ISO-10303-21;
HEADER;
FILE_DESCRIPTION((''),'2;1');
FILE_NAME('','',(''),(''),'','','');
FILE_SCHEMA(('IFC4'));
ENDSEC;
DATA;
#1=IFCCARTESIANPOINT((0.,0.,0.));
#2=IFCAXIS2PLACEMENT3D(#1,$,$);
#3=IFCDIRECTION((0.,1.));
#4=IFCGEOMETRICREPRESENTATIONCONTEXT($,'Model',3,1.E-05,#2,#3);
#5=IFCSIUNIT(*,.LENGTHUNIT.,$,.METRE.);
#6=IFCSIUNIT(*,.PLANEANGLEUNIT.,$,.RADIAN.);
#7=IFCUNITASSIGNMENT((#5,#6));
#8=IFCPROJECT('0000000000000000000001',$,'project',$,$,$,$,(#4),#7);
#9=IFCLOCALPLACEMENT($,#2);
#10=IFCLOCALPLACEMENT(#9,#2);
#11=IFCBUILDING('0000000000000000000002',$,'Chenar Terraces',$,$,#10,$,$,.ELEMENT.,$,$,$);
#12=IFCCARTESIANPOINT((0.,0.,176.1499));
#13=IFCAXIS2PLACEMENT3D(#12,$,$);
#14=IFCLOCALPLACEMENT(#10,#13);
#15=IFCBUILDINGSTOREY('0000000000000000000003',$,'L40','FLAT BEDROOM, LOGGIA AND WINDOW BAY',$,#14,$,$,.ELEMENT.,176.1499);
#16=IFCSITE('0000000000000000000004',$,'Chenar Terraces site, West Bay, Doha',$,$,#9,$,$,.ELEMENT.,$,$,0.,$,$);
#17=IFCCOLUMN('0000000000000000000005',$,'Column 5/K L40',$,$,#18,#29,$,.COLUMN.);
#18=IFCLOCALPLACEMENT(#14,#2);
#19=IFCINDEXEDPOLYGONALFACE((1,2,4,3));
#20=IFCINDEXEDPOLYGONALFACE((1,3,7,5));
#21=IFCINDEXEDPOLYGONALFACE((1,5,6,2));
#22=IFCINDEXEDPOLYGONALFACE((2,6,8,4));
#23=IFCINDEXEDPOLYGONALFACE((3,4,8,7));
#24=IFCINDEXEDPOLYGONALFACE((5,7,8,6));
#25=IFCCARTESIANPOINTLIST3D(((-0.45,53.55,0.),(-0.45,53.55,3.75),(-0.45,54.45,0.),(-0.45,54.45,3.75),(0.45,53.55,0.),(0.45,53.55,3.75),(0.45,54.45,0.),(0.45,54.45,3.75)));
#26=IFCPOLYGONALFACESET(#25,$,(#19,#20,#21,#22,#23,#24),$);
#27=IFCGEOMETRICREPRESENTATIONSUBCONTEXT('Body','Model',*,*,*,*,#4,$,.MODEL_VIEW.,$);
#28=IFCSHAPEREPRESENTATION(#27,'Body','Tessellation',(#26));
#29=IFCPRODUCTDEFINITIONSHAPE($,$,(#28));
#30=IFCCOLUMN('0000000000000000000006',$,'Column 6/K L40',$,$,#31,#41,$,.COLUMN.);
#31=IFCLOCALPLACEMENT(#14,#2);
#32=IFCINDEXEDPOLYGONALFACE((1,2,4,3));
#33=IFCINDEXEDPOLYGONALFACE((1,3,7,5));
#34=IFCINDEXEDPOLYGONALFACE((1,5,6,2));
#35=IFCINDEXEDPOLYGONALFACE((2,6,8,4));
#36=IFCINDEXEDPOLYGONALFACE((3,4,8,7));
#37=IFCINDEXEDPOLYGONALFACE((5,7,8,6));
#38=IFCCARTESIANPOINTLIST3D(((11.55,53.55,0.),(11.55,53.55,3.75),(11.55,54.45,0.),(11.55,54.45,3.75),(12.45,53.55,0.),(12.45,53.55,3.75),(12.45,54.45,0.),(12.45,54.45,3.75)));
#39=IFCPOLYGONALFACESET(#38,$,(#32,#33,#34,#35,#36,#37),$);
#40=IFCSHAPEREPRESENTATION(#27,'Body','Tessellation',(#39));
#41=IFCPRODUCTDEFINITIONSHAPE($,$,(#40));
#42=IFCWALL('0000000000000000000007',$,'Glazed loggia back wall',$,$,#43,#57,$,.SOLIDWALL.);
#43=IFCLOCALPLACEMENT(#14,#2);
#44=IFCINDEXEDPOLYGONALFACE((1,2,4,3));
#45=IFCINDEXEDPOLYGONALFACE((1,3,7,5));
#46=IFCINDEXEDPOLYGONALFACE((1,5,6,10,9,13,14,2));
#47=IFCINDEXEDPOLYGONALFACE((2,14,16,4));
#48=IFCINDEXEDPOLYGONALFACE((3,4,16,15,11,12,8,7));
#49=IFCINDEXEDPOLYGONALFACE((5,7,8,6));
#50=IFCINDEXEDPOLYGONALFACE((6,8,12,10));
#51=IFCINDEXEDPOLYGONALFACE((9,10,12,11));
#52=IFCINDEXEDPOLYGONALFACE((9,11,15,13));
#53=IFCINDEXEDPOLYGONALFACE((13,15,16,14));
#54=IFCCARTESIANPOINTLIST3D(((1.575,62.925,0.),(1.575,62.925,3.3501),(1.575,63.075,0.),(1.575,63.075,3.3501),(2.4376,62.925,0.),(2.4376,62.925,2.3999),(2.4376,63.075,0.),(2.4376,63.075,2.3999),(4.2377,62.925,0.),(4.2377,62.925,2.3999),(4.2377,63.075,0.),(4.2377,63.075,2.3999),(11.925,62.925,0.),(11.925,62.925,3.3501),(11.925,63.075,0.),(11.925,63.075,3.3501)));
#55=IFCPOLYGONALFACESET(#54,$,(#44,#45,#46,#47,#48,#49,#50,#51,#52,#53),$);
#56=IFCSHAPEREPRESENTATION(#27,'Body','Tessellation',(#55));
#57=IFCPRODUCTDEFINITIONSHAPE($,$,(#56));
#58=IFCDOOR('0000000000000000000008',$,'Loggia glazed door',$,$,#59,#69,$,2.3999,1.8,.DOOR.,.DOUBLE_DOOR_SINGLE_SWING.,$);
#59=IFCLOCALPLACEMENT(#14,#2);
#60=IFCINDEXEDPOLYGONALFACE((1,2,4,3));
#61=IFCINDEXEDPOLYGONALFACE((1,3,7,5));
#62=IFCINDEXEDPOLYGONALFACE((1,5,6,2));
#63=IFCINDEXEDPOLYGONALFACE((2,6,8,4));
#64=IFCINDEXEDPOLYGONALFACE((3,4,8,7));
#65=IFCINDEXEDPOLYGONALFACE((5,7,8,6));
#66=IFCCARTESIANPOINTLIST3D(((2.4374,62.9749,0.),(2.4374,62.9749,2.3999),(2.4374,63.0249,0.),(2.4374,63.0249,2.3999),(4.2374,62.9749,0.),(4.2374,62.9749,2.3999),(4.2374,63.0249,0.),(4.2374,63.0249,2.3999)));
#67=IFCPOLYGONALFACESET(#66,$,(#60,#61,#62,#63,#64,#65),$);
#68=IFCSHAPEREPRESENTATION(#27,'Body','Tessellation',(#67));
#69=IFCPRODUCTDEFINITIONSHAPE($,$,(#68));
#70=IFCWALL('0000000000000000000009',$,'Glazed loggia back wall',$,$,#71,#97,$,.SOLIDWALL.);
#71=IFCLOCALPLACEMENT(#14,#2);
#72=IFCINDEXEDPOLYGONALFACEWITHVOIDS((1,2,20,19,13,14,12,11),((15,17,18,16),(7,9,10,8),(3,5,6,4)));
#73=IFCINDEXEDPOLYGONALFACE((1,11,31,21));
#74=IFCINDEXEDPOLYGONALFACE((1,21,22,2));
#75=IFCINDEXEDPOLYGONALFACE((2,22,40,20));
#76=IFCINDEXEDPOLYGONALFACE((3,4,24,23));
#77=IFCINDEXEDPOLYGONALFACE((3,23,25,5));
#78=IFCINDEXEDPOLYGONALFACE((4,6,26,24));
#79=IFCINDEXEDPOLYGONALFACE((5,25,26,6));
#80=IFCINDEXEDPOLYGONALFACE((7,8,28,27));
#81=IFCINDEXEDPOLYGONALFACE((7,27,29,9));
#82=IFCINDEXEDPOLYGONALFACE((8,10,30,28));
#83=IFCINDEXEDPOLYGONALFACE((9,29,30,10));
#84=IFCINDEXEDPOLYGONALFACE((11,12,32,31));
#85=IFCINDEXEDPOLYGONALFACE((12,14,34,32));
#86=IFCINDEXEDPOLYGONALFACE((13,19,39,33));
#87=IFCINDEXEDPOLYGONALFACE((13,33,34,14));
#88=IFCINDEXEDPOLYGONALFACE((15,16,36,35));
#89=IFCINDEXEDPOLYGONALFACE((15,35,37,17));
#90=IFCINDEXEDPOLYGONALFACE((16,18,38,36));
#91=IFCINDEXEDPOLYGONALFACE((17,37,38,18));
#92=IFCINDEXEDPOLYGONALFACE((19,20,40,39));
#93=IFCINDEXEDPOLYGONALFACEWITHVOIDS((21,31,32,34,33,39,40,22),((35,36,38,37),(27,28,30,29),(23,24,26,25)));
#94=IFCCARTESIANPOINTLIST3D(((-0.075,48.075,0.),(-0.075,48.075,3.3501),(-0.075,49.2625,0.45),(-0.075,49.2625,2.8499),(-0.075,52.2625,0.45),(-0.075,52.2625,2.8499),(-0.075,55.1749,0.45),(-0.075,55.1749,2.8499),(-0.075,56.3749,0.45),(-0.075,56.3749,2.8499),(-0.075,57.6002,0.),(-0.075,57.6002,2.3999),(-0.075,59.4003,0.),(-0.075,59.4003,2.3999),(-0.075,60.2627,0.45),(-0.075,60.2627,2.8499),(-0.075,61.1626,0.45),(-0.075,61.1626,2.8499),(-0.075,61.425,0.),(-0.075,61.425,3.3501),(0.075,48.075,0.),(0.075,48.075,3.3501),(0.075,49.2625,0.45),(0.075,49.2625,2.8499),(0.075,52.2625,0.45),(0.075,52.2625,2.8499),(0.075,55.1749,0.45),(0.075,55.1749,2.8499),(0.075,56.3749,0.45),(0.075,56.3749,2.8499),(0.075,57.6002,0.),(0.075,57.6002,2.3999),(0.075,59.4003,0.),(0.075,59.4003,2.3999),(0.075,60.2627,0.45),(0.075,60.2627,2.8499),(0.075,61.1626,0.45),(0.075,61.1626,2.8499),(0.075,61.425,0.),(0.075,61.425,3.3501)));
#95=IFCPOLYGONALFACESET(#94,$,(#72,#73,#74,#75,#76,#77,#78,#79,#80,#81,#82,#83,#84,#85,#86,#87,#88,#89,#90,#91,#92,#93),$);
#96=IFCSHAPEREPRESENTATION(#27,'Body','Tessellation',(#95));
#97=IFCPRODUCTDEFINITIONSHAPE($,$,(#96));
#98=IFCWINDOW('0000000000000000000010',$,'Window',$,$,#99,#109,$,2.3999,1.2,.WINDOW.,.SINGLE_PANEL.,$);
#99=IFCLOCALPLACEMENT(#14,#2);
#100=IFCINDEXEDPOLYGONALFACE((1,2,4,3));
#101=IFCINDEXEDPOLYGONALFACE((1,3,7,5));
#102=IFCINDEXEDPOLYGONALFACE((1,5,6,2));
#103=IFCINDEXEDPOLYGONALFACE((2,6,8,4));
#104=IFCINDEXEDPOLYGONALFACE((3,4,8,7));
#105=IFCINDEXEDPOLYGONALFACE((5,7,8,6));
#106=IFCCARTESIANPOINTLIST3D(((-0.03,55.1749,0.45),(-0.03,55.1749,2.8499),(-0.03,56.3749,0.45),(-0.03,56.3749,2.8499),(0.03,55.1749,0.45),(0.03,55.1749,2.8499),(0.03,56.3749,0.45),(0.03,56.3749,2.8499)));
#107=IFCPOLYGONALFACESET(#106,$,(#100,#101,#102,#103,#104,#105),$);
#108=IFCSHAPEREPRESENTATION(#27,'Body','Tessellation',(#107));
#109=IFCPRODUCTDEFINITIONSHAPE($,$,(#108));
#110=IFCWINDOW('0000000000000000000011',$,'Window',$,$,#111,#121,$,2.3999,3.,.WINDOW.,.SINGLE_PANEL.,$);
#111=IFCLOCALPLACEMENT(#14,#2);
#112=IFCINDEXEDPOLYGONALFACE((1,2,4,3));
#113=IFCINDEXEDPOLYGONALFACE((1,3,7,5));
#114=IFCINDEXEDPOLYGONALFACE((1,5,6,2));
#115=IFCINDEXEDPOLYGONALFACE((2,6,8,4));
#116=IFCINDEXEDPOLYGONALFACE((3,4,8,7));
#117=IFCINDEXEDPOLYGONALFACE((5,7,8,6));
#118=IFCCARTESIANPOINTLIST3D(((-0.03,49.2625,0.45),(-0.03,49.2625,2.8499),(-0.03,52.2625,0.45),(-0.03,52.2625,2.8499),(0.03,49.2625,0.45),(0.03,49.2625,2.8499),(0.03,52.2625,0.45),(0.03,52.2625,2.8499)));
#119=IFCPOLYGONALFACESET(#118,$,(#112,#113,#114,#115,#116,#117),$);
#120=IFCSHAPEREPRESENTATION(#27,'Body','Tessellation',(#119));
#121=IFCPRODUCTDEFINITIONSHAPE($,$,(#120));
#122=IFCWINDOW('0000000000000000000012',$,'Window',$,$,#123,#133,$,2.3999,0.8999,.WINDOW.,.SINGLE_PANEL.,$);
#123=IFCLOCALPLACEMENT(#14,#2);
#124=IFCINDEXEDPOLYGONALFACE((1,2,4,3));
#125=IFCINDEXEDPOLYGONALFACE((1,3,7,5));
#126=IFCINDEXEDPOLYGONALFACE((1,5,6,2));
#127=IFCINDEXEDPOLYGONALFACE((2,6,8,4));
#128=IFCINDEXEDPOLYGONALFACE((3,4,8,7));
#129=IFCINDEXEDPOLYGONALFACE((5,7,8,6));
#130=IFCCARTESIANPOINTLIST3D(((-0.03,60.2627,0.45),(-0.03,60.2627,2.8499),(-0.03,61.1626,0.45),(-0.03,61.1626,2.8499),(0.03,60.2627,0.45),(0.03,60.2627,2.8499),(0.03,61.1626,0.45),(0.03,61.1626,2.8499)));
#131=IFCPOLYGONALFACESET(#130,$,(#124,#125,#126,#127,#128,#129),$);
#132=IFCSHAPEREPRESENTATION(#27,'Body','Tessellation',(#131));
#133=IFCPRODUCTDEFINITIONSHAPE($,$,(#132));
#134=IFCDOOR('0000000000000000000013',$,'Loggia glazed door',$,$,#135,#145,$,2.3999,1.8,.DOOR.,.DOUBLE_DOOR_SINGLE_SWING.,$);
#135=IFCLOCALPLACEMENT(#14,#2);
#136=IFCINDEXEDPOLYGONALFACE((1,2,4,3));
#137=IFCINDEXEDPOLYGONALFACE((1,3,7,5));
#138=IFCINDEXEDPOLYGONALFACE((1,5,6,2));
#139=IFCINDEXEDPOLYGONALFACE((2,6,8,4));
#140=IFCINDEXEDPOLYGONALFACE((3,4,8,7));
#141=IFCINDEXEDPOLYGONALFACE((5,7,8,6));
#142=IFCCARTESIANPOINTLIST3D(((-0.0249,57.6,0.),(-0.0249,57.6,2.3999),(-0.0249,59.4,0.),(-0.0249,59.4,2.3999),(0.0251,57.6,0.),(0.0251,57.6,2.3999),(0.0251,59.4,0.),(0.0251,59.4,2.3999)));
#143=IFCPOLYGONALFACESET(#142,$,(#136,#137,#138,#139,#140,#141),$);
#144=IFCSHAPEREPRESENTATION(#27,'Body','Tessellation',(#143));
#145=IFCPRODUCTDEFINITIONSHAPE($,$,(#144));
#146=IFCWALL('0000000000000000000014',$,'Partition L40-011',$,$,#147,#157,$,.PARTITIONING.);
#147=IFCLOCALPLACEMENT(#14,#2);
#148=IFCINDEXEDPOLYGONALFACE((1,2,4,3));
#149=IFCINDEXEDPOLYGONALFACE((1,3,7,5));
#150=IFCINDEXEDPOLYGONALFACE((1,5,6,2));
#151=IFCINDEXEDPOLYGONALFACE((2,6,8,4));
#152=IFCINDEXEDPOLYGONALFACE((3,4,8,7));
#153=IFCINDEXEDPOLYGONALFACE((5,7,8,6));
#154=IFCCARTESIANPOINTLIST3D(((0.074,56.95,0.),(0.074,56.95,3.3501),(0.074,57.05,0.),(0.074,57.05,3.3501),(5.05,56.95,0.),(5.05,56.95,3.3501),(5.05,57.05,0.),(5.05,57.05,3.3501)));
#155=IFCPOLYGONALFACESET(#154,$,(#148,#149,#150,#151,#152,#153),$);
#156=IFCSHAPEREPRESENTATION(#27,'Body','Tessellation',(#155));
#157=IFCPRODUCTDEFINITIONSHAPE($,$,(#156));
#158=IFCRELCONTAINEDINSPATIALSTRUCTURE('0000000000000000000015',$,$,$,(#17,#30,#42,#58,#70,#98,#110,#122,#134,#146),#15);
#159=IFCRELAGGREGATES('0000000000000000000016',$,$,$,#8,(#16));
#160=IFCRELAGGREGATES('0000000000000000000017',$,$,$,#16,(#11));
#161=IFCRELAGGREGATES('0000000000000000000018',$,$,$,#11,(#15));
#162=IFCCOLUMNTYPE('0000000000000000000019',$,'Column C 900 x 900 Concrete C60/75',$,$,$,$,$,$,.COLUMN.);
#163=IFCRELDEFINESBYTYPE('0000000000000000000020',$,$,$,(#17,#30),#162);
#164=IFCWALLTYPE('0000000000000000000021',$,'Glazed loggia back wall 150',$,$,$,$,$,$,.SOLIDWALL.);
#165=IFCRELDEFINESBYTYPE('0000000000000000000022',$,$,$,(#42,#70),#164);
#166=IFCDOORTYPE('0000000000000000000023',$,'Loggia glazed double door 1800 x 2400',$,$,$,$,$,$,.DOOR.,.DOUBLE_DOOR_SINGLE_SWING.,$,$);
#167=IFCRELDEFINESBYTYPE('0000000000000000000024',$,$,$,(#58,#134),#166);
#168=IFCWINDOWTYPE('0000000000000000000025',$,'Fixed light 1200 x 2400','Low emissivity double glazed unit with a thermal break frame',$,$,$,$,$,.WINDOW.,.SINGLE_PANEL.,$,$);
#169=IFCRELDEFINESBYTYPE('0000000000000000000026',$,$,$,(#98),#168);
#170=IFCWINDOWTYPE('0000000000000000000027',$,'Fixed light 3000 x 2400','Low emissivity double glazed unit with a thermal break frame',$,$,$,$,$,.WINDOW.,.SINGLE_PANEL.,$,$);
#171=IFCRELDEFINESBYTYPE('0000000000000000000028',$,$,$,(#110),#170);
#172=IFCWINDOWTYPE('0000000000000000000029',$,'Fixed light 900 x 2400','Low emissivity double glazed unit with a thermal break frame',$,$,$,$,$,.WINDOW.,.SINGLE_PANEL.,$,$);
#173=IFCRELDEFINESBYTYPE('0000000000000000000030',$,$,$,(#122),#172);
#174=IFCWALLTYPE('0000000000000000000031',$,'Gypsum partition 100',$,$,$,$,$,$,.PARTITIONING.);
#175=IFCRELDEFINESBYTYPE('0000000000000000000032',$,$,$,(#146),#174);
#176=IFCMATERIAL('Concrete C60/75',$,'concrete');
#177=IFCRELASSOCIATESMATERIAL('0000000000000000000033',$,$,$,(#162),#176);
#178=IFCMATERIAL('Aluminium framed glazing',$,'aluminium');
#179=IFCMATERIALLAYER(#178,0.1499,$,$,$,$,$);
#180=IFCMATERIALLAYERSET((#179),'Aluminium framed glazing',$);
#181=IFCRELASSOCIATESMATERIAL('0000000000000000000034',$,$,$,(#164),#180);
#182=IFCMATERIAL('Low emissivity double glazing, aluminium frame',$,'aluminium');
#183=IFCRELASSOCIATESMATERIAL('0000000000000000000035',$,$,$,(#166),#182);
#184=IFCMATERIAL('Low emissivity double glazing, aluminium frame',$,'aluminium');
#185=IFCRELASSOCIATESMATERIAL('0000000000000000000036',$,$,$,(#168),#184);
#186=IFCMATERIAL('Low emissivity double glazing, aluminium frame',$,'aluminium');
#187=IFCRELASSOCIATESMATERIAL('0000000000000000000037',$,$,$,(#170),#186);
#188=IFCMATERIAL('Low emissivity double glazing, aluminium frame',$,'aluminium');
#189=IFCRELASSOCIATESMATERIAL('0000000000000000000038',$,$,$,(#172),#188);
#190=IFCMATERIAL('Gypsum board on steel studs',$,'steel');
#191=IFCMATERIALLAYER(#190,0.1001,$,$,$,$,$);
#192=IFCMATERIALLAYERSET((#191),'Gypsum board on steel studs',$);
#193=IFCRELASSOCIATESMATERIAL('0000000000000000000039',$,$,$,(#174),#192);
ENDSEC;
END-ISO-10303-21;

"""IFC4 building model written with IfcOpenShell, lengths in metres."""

from ifc_helpers import new_model, si_unit, direction, frame, frame_2d, origin, origin_2d, place, context, subcontext, project, spatial, rectangle, extrude, material, layer, layer_set, material_profile, profile_set, type_object, element, fill, save


model = new_model("IFC4")

# Units and contexts
model_context = context("Model", 3, precision=1e-05, world=origin(), true_north=direction((0.0, 1.0)))
body_context = subcontext(model_context, "Body", "Model", "MODEL_VIEW")
ifc_project = project(units=[si_unit("LENGTHUNIT", "METRE"), si_unit("PLANEANGLEUNIT", "RADIAN")], contexts=[model_context])

# Site, building, storey
site_placement = place(None, origin())
site = spatial("IfcSite", under=ifc_project, at=site_placement, Name="Chenar Terraces site, West Bay, Doha", CompositionType="ELEMENT", RefElevation=0.0)
building_placement = place(site_placement, origin())
building = spatial("IfcBuilding", under=site, at=building_placement, Name="Chenar Terraces", CompositionType="ELEMENT")
storey_placement = place(building_placement, frame((0.0, 0.0, 176.1499)))
storey = spatial("IfcBuildingStorey", under=building, at=storey_placement, Name="L40", Description="FLAT BEDROOM, LOGGIA AND WINDOW BAY", CompositionType="ELEMENT", Elevation=176.1499)

# Columns
ifc_material_1 = material(Name="Concrete C60/75", Category="concrete")
ifc_material_profile = material_profile(ifc_material_1, rectangle(XDim=0.8999, YDim=0.8999, at=origin_2d()), Name="C 900 x 900")
ifc_profile_set = profile_set([ifc_material_profile], Name="Concrete C60/75")
column_type = type_object("IfcColumnType", Name="Column C 900 x 900 Concrete C60/75", PredefinedType="COLUMN", material=ifc_profile_set)
for number, where, z_axis, x_axis, name in (
    (1, (0.0, 54.0, 0.0), (0.0, 0.0, 1.0), (1.0, 0.0, 0.0), "Column 5/K L40"),
    (2, (12.0, 54.0, 0.0), (0.0, 0.0, 1.0), (1.0, 0.0, 0.0), "Column 6/K L40"),
):
    element("IfcColumn", number, at=place(storey_placement, frame(where, z_axis=z_axis, x_axis=x_axis)), inside=storey, type_object=column_type, Name=name, PredefinedType="COLUMN", context=body_context, shape_type="SweptSolid", body=[
        extrude(rectangle(XDim=0.8999, YDim=0.8999, at=origin_2d()), origin(), (0.0, 0.0, 1.0), 3.75),
    ])

# Wall, opening, door
ifc_material_2 = material(Name="Aluminium framed glazing", Category="aluminium")
ifc_layer_1 = layer(ifc_material_2, 0.1499)
ifc_layer_set_1 = layer_set([ifc_layer_1], Name="Aluminium framed glazing")
wall_type_1 = type_object("IfcWallType", Name="Glazed loggia back wall 150", PredefinedType="SOLIDWALL", material=ifc_layer_set_1)
wall_1_placement = place(storey_placement, frame((11.925, 63.0, 0.0), z_axis=(0.0, 0.0, 1.0), x_axis=(-1.0, 0.0, 0.0)))
wall_1 = element("IfcWall", 3, at=wall_1_placement, inside=storey, type_object=wall_type_1, Name="Glazed loggia back wall", PredefinedType="SOLIDWALL", context=body_context, shape_type="SweptSolid", body=[
    extrude(rectangle(XDim=10.3501, YDim=0.1499, at=frame_2d((5.175, 0.0))), origin(), (0.0, 0.0, 1.0), 3.3501),
])
opening_1_placement = place(wall_1_placement, frame((7.6875, 0.0, 0.0)))
opening_1 = element("IfcOpeningElement", 4, at=opening_1_placement, cuts=wall_1, PredefinedType="OPENING", context=body_context, shape_type="SweptSolid", body=[
    extrude(rectangle(XDim=1.8, YDim=2.3999, at=frame_2d((0.8999, 1.2))), frame((0.0, 0.085, 0.0), z_axis=(0.0, -1.0, 0.0), x_axis=(1.0, 0.0, 0.0)), (0.0, 0.0, 1.0), 0.1699),
])
ifc_material_3 = material(Name="Low emissivity double glazing, aluminium frame", Category="aluminium")
door_type_1 = type_object("IfcDoorType", Name="Loggia glazed double door 1800 x 2400", OperationType="DOUBLE_DOOR_SINGLE_SWING", PredefinedType="DOOR", material=ifc_material_3)
door_1_placement = place(opening_1_placement, frame((1.8, 0.0, 0.0), z_axis=(0.0, 0.0, 1.0), x_axis=(-1.0, 0.0, 0.0)))
door_1 = element("IfcDoor", 5, at=door_1_placement, inside=storey, type_object=door_type_1, Name="Loggia glazed door", OperationType="DOUBLE_DOOR_SINGLE_SWING", OverallHeight=2.3999, OverallWidth=1.8, PredefinedType="DOOR", context=body_context, shape_type="SweptSolid", body=[
    extrude(rectangle(XDim=1.8, YDim=2.3999, at=frame_2d((0.8999, 1.2))), frame((0.0, 0.0249, 0.0), z_axis=(0.0, -1.0, 0.0), x_axis=(1.0, 0.0, 0.0)), (0.0, 0.0, 1.0), 0.05),
])
fill(opening_1, door_1)

# Wall, openings, windows, door
wall_2_placement = place(storey_placement, frame((0.0, 61.425, 0.0), z_axis=(0.0, 0.0, 1.0), x_axis=(0.0, -1.0, 0.0)))
wall_2 = element("IfcWall", 6, at=wall_2_placement, inside=storey, type_object=wall_type_1, Name="Glazed loggia back wall", PredefinedType="SOLIDWALL", context=body_context, shape_type="SweptSolid", body=[
    extrude(rectangle(XDim=13.3501, YDim=0.1499, at=frame_2d((6.675, 0.0))), origin(), (0.0, 0.0, 1.0), 3.3501),
])
opening_2_placement = place(wall_2_placement, frame((0.2625, 0.0, 0.45)))
opening_2 = element("IfcOpeningElement", 7, at=opening_2_placement, cuts=wall_2, PredefinedType="OPENING", context=body_context, shape_type="SweptSolid", body=[
    extrude(rectangle(XDim=0.8999, YDim=2.3999, at=frame_2d((0.45, 1.2))), frame((0.0, 0.085, 0.0), z_axis=(0.0, -1.0, 0.0), x_axis=(1.0, 0.0, 0.0)), (0.0, 0.0, 1.0), 0.1699),
])
opening_3_placement = place(wall_2_placement, frame((2.0249, 0.0, 0.0)))
opening_3 = element("IfcOpeningElement", 8, at=opening_3_placement, cuts=wall_2, PredefinedType="OPENING", context=body_context, shape_type="SweptSolid", body=[
    extrude(rectangle(XDim=1.8, YDim=2.3999, at=frame_2d((0.8999, 1.2))), frame((0.0, 0.085, 0.0), z_axis=(0.0, -1.0, 0.0), x_axis=(1.0, 0.0, 0.0)), (0.0, 0.0, 1.0), 0.1699),
])
opening_4_placement = place(wall_2_placement, frame((5.05, 0.0, 0.45)))
opening_4 = element("IfcOpeningElement", 9, at=opening_4_placement, cuts=wall_2, PredefinedType="OPENING", context=body_context, shape_type="SweptSolid", body=[
    extrude(rectangle(XDim=1.2, YDim=2.3999, at=frame_2d((0.6001, 1.2))), frame((0.0, 0.085, 0.0), z_axis=(0.0, -1.0, 0.0), x_axis=(1.0, 0.0, 0.0)), (0.0, 0.0, 1.0), 0.1699),
])
opening_5_placement = place(wall_2_placement, frame((9.1626, 0.0, 0.45)))
opening_5 = element("IfcOpeningElement", 10, at=opening_5_placement, cuts=wall_2, PredefinedType="OPENING", context=body_context, shape_type="SweptSolid", body=[
    extrude(rectangle(XDim=3.0, YDim=2.3999, at=frame_2d((1.5, 1.2))), frame((0.0, 0.085, 0.0), z_axis=(0.0, -1.0, 0.0), x_axis=(1.0, 0.0, 0.0)), (0.0, 0.0, 1.0), 0.1699),
])
ifc_material_4 = material(Name="Low emissivity double glazing, aluminium frame", Category="aluminium")
window_type_1 = type_object("IfcWindowType", Name="Fixed light 1200 x 2400", Description="Low emissivity double glazed unit with a thermal break frame", PartitioningType="SINGLE_PANEL", PredefinedType="WINDOW", material=ifc_material_4)
window_1_placement = place(opening_4_placement, origin())
window_1 = element("IfcWindow", 11, at=window_1_placement, inside=storey, type_object=window_type_1, Name="Window", OverallHeight=2.3999, OverallWidth=1.2, PartitioningType="SINGLE_PANEL", PredefinedType="WINDOW", context=body_context, shape_type="SweptSolid", body=[
    extrude(rectangle(XDim=1.2, YDim=2.3999, at=frame_2d((0.6001, 1.2))), frame((0.0, 0.03, 0.0), z_axis=(0.0, -1.0, 0.0), x_axis=(1.0, 0.0, 0.0)), (0.0, 0.0, 1.0), 0.0601),
])
fill(opening_4, window_1)
ifc_material_5 = material(Name="Low emissivity double glazing, aluminium frame", Category="aluminium")
window_type_2 = type_object("IfcWindowType", Name="Fixed light 3000 x 2400", Description="Low emissivity double glazed unit with a thermal break frame", PartitioningType="SINGLE_PANEL", PredefinedType="WINDOW", material=ifc_material_5)
window_2_placement = place(opening_5_placement, origin())
window_2 = element("IfcWindow", 12, at=window_2_placement, inside=storey, type_object=window_type_2, Name="Window", OverallHeight=2.3999, OverallWidth=3.0, PartitioningType="SINGLE_PANEL", PredefinedType="WINDOW", context=body_context, shape_type="SweptSolid", body=[
    extrude(rectangle(XDim=3.0, YDim=2.3999, at=frame_2d((1.5, 1.2))), frame((0.0, 0.03, 0.0), z_axis=(0.0, -1.0, 0.0), x_axis=(1.0, 0.0, 0.0)), (0.0, 0.0, 1.0), 0.0601),
])
fill(opening_5, window_2)
ifc_material_6 = material(Name="Low emissivity double glazing, aluminium frame", Category="aluminium")
window_type_3 = type_object("IfcWindowType", Name="Fixed light 900 x 2400", Description="Low emissivity double glazed unit with a thermal break frame", PartitioningType="SINGLE_PANEL", PredefinedType="WINDOW", material=ifc_material_6)
window_3_placement = place(opening_2_placement, origin())
window_3 = element("IfcWindow", 13, at=window_3_placement, inside=storey, type_object=window_type_3, Name="Window", OverallHeight=2.3999, OverallWidth=0.8999, PartitioningType="SINGLE_PANEL", PredefinedType="WINDOW", context=body_context, shape_type="SweptSolid", body=[
    extrude(rectangle(XDim=0.8999, YDim=2.3999, at=frame_2d((0.45, 1.2))), frame((0.0, 0.03, 0.0), z_axis=(0.0, -1.0, 0.0), x_axis=(1.0, 0.0, 0.0)), (0.0, 0.0, 1.0), 0.0601),
])
fill(opening_2, window_3)
door_2_placement = place(opening_3_placement, frame((1.8, 0.0, 0.0), z_axis=(0.0, 0.0, 1.0), x_axis=(-1.0, 0.0, 0.0)))
door_2 = element("IfcDoor", 14, at=door_2_placement, inside=storey, type_object=door_type_1, Name="Loggia glazed door", OperationType="DOUBLE_DOOR_SINGLE_SWING", OverallHeight=2.3999, OverallWidth=1.8, PredefinedType="DOOR", context=body_context, shape_type="SweptSolid", body=[
    extrude(rectangle(XDim=1.8, YDim=2.3999, at=frame_2d((0.8999, 1.2))), frame((0.0, 0.0249, 0.0), z_axis=(0.0, -1.0, 0.0), x_axis=(1.0, 0.0, 0.0)), (0.0, 0.0, 1.0), 0.05),
])
fill(opening_3, door_2)

# Wall
ifc_material_7 = material(Name="Gypsum board on steel studs", Category="steel")
ifc_layer_2 = layer(ifc_material_7, 0.1001)
ifc_layer_set_2 = layer_set([ifc_layer_2], Name="Gypsum board on steel studs")
wall_type_2 = type_object("IfcWallType", Name="Gypsum partition 100", PredefinedType="PARTITIONING", material=ifc_layer_set_2)
for number, where, z_axis, x_axis, name in (
    (15, (0.074, 57.0, 0.0), (0.0, 0.0, 1.0), (1.0, 0.0, 0.0), "Partition L40-011"),
):
    element("IfcWall", number, at=place(storey_placement, frame(where, z_axis=z_axis, x_axis=x_axis)), inside=storey, type_object=wall_type_2, Name=name, PredefinedType="PARTITIONING", context=body_context, shape_type="SweptSolid", body=[
        extrude(rectangle(XDim=4.9761, YDim=0.1001, at=frame_2d((2.488, 0.0))), origin(), (0.0, 0.0, 1.0), 3.3501),
    ])

save(model, "model.ifc")
